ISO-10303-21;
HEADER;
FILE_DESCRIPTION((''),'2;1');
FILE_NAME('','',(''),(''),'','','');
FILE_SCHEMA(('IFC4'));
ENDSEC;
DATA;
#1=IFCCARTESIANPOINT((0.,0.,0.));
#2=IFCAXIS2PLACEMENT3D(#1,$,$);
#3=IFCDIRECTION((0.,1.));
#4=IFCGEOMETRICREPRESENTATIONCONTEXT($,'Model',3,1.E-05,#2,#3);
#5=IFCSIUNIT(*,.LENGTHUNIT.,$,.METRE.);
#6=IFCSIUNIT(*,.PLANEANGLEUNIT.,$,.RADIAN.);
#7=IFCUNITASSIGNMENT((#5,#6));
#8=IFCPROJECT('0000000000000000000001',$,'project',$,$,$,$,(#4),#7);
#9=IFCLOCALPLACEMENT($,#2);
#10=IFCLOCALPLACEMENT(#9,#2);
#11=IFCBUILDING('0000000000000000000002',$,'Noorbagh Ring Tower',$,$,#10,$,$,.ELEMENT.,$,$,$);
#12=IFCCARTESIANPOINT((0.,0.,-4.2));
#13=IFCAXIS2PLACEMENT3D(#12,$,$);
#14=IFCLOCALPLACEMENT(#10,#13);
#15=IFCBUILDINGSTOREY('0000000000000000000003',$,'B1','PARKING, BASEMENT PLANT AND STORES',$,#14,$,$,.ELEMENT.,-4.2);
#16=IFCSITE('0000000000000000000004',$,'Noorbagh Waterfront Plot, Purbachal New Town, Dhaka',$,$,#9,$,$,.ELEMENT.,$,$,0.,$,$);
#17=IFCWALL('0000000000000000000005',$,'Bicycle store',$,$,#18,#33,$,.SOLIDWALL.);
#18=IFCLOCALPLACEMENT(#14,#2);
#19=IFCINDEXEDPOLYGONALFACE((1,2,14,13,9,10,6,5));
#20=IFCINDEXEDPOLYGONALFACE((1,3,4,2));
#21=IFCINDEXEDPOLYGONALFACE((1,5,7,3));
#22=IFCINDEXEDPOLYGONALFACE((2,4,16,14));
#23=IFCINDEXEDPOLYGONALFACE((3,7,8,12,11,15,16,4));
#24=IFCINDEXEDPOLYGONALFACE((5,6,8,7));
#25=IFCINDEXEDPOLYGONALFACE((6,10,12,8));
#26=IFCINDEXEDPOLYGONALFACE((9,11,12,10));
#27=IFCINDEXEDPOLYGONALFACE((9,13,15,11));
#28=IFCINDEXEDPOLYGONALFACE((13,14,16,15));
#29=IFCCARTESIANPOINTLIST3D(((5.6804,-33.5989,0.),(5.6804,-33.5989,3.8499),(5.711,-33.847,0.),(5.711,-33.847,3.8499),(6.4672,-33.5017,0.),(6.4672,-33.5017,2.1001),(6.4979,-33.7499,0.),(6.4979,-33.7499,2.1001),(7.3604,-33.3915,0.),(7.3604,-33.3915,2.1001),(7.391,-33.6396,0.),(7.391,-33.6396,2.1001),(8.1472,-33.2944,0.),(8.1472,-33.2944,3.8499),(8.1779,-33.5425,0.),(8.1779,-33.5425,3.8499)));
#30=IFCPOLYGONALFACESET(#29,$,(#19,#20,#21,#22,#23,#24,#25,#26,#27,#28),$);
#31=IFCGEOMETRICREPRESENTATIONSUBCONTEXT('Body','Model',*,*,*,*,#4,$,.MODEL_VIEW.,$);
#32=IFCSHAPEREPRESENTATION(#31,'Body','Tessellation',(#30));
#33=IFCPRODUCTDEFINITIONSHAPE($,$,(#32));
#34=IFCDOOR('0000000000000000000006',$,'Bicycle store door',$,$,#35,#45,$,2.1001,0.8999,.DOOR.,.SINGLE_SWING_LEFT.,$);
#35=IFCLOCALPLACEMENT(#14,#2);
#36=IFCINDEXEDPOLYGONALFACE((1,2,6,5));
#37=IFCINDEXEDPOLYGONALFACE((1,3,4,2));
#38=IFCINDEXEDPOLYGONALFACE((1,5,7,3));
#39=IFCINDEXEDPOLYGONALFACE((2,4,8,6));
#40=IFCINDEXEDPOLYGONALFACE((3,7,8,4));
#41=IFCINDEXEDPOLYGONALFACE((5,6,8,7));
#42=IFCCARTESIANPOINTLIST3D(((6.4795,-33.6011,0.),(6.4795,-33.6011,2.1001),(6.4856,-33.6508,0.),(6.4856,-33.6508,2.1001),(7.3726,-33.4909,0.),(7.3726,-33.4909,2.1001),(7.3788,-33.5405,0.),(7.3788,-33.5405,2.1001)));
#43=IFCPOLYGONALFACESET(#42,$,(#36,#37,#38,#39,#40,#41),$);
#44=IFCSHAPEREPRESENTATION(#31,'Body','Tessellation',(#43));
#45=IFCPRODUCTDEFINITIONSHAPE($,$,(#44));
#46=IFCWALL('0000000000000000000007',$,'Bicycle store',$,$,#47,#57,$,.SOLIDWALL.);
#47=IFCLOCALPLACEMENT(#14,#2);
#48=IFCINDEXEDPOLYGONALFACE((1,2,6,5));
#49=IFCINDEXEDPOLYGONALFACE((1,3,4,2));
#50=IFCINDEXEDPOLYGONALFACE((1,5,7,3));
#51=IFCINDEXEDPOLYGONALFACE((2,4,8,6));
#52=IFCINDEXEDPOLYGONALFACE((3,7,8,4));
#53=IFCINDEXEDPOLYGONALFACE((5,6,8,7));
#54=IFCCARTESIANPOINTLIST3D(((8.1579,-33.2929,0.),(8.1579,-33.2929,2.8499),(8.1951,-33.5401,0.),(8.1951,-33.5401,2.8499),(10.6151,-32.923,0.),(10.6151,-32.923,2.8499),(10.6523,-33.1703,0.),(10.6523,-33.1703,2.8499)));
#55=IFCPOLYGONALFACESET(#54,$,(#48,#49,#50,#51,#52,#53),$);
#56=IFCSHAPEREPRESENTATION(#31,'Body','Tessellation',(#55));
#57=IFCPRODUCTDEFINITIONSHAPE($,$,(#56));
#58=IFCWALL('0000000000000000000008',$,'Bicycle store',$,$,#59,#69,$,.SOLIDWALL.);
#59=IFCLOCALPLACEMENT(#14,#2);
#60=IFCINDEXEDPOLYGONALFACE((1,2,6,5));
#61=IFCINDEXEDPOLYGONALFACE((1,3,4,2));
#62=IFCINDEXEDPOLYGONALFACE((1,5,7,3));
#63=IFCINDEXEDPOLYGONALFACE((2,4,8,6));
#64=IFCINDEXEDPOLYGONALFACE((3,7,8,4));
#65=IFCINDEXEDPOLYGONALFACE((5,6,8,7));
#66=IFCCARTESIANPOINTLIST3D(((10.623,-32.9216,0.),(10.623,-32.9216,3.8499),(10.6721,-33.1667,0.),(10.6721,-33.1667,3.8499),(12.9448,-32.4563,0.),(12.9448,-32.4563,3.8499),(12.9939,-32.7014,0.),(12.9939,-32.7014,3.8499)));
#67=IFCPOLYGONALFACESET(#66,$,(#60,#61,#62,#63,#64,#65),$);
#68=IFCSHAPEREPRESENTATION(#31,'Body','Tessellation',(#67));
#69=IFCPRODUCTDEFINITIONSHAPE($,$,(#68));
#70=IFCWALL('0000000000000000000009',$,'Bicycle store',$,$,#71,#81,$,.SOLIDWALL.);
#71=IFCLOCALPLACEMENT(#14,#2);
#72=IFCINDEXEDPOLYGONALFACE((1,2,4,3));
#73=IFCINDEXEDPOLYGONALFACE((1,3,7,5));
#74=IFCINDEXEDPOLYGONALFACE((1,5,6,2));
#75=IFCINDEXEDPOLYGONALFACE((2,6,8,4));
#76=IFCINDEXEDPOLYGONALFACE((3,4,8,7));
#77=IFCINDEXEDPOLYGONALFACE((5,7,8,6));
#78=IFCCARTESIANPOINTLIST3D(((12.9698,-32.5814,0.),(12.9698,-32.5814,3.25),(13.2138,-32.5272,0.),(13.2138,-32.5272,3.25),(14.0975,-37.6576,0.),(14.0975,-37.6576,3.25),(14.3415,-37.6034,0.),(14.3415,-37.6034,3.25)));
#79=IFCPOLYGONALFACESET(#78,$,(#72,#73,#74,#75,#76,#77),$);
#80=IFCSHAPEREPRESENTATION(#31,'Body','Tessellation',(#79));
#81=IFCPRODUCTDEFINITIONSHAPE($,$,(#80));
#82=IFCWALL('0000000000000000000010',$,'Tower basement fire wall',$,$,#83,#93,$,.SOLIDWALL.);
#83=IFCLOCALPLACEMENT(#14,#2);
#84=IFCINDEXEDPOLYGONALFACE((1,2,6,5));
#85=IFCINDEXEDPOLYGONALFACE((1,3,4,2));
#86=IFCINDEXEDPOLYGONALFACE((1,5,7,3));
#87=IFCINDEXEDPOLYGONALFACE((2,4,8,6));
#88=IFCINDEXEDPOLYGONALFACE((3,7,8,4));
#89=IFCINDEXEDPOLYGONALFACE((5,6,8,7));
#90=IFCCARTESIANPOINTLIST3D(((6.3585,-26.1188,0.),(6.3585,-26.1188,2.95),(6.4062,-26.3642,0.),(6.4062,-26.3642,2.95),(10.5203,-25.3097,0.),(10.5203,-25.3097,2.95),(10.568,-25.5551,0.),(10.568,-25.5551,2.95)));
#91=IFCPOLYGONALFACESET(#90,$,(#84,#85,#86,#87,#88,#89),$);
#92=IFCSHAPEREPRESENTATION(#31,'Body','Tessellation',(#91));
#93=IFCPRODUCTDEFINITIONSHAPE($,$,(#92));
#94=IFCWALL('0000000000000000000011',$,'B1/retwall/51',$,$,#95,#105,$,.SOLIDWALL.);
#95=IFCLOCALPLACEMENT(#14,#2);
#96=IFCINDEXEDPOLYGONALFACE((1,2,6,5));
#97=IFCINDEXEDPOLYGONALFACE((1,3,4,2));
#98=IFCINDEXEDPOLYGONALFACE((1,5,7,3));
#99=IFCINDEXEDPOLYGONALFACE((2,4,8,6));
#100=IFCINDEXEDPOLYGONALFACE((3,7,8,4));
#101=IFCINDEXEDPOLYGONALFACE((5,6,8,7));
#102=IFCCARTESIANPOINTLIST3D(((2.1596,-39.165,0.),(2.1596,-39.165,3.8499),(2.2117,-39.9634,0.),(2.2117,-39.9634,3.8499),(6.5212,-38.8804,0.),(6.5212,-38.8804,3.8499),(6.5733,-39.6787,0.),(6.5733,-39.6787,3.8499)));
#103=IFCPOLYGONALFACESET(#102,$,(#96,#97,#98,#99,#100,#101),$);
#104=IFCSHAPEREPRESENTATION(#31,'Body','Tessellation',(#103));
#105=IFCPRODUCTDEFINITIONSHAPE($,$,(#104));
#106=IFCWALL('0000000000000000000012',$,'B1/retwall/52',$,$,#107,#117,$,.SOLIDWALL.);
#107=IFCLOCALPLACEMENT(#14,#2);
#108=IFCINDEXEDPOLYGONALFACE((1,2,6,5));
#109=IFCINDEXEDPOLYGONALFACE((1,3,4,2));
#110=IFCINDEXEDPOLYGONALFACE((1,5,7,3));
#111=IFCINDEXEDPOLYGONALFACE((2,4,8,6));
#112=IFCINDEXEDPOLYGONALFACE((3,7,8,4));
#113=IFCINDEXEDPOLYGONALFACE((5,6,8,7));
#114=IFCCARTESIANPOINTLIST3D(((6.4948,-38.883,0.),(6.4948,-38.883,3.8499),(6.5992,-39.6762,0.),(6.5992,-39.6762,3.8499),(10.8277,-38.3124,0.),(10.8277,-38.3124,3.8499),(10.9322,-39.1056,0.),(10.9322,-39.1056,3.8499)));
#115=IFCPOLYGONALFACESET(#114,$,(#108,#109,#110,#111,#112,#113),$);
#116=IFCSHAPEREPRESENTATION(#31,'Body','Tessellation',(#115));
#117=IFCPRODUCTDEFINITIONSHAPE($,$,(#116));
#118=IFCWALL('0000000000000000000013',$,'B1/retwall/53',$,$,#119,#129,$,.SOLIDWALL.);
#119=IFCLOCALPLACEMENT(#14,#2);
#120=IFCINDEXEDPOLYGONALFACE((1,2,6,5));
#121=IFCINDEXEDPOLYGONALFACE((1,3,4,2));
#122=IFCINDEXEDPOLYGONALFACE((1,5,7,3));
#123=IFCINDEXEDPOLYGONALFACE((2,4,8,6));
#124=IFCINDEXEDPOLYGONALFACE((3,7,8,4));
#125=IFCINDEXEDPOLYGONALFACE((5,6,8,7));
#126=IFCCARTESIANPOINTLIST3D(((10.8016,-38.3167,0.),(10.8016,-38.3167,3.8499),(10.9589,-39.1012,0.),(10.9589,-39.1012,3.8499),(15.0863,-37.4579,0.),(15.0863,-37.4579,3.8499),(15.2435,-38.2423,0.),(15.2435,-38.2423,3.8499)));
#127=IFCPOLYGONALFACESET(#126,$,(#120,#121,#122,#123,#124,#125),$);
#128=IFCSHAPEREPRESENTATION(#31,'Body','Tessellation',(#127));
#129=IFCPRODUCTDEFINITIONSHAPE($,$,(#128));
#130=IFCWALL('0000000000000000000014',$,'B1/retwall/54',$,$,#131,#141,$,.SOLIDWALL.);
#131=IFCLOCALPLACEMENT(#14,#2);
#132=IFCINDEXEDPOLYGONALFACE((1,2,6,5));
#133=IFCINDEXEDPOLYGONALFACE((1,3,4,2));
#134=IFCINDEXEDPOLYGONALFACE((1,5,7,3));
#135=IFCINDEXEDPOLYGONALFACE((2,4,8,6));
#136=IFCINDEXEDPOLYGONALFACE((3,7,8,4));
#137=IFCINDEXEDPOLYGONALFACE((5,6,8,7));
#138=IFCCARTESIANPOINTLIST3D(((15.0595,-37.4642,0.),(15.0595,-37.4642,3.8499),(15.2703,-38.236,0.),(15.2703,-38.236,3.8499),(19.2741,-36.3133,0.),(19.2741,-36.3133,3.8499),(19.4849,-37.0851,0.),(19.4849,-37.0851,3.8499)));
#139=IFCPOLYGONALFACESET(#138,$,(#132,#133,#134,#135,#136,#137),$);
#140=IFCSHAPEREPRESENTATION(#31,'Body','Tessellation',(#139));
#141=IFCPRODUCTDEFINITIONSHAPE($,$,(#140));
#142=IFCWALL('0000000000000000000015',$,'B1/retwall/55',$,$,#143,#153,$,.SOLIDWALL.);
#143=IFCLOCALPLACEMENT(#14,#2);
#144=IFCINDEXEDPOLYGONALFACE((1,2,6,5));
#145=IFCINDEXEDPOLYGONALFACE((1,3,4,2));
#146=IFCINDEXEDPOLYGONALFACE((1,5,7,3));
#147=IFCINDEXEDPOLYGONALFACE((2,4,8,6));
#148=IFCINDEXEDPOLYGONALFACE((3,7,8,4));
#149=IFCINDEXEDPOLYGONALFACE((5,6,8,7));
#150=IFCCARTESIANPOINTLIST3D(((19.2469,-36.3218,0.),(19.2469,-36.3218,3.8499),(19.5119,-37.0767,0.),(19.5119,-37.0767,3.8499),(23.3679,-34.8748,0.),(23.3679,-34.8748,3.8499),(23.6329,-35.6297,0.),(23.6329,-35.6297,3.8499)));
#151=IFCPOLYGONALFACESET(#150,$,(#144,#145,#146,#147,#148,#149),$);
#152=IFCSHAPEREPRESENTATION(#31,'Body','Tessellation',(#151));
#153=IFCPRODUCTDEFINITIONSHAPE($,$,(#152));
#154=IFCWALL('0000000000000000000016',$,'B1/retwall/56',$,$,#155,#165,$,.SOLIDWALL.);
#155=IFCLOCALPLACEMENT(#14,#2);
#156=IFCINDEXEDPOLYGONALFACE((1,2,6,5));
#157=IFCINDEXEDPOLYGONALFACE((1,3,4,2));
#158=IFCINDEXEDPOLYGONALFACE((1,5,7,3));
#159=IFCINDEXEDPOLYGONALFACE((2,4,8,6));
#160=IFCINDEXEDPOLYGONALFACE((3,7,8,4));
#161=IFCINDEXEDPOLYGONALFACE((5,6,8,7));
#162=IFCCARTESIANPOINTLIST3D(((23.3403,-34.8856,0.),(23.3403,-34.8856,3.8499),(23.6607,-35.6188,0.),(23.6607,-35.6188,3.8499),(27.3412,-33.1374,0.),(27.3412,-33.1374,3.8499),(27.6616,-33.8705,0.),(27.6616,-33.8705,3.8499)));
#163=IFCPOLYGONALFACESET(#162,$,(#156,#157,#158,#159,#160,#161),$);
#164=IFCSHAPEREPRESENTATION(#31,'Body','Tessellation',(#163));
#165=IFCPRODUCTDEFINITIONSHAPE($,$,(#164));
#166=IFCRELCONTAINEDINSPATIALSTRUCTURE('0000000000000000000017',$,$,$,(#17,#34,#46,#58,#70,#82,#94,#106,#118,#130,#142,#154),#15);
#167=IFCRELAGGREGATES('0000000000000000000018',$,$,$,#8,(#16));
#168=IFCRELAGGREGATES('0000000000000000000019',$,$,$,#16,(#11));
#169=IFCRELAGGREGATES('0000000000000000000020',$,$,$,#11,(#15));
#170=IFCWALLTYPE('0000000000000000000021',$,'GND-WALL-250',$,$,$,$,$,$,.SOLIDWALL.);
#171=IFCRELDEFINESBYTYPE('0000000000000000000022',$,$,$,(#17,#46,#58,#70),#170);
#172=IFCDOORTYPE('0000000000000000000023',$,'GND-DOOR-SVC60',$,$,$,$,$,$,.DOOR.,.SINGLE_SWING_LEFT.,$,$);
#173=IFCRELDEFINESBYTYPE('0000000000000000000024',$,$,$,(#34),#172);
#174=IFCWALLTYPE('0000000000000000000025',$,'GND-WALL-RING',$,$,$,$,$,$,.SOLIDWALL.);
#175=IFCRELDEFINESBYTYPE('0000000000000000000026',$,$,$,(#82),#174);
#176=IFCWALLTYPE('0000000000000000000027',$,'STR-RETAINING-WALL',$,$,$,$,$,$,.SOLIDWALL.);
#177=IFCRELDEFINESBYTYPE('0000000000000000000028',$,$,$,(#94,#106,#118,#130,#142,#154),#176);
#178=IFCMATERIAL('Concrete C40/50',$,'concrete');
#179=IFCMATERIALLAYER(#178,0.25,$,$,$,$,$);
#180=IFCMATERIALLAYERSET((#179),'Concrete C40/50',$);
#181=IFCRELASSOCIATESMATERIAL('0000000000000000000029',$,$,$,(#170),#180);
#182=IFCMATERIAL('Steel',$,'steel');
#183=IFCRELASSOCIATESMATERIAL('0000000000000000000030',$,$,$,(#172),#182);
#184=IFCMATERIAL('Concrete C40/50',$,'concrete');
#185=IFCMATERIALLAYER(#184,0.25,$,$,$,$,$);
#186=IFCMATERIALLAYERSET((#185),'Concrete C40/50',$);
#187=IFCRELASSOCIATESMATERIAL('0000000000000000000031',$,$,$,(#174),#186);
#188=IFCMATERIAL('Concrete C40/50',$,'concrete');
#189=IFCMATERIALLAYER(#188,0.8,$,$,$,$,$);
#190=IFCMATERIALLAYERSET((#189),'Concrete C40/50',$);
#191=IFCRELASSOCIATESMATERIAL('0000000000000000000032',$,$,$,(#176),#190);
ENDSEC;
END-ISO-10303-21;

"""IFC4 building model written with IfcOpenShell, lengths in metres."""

from ifc_helpers import new_model, si_unit, direction, frame, frame_2d, origin, place, context, subcontext, project, spatial, rectangle, extrude, material, layer, layer_set, type_object, element, fill, save


model = new_model("IFC4")

# Units and contexts
model_context = context("Model", 3, precision=1e-05, world=origin(), true_north=direction((0.0, 1.0)))
body_context = subcontext(model_context, "Body", "Model", "MODEL_VIEW")
ifc_project = project(units=[si_unit("LENGTHUNIT", "METRE"), si_unit("PLANEANGLEUNIT", "RADIAN")], contexts=[model_context])

# Site, building, storey
site_placement = place(None, origin())
site = spatial("IfcSite", under=ifc_project, at=site_placement, Name="Noorbagh Waterfront Plot, Purbachal New Town, Dhaka", CompositionType="ELEMENT", RefElevation=0.0)
building_placement = place(site_placement, origin())
building = spatial("IfcBuilding", under=site, at=building_placement, Name="Noorbagh Ring Tower", CompositionType="ELEMENT")
storey_placement = place(building_placement, frame((0.0, 0.0, -4.2)))
storey = spatial("IfcBuildingStorey", under=building, at=storey_placement, Name="B1", Description="PARKING, BASEMENT PLANT AND STORES", CompositionType="ELEMENT", Elevation=-4.2)

# Shared definitions
ifc_material_1 = material(Name="Concrete C40/50", Category="concrete")
ifc_layer_1 = layer(ifc_material_1, 0.25)
ifc_layer_set_1 = layer_set([ifc_layer_1], Name="Concrete C40/50")
wall_type_1 = type_object("IfcWallType", Name="GND-WALL-250", PredefinedType="SOLIDWALL", material=ifc_layer_set_1)

# Wall, opening, door
wall_1_placement = place(storey_placement, frame((5.6958, -33.7229, 0.0), z_axis=(0.0, 0.0, 1.0), x_axis=(0.99247, 0.122487, 0.0)))
wall_1 = element("IfcWall", 1, at=wall_1_placement, inside=storey, type_object=wall_type_1, Name="Bicycle store", PredefinedType="SOLIDWALL", context=body_context, shape_type="SweptSolid", body=[
    extrude(rectangle(XDim=2.4856, YDim=0.25, at=frame_2d((1.2427, 0.0))), origin(), (0.0, 0.0, 1.0), 3.8499),
])
opening_placement = place(wall_1_placement, frame((0.7927, 0.0, 0.0)))
opening = element("IfcOpeningElement", 2, at=opening_placement, cuts=wall_1, PredefinedType="OPENING", context=body_context, shape_type="SweptSolid", body=[
    extrude(rectangle(XDim=0.8999, YDim=2.1001, at=frame_2d((0.45, 1.05))), frame((0.0, 0.135, 0.0), z_axis=(0.0, -1.0, 0.0), x_axis=(1.0, 0.0, 0.0)), (0.0, 0.0, 1.0), 0.27),
])
ifc_material_2 = material(Name="Steel", Category="steel")
door_type = type_object("IfcDoorType", Name="GND-DOOR-SVC60", OperationType="SINGLE_SWING_LEFT", PredefinedType="DOOR", material=ifc_material_2)
door_placement = place(opening_placement, origin())
door = element("IfcDoor", 3, at=door_placement, inside=storey, type_object=door_type, Name="Bicycle store door", OperationType="SINGLE_SWING_LEFT", OverallHeight=2.1001, OverallWidth=0.8999, PredefinedType="DOOR", context=body_context, shape_type="SweptSolid", body=[
    extrude(rectangle(XDim=0.8999, YDim=2.1001, at=frame_2d((0.45, 1.05))), frame((0.0, 0.0249, 0.0), z_axis=(0.0, -1.0, 0.0), x_axis=(1.0, 0.0, 0.0)), (0.0, 0.0, 1.0), 0.05),
])
fill(opening, door)

# Walls
wall_2_placement = place(storey_placement, frame((8.1765, -33.4165, 0.0), z_axis=(0.0, 0.0, 1.0), x_axis=(0.988861, 0.148845, 0.0)))
element("IfcWall", 4, at=wall_2_placement, inside=storey, type_object=wall_type_1, Name="Bicycle store", PredefinedType="SOLIDWALL", context=body_context, shape_type="SweptSolid", body=[
    extrude(rectangle(XDim=2.4849, YDim=0.25, at=frame_2d((1.2424, 0.0))), origin(), (0.0, 0.0, 1.0), 2.8499),
])
wall_3_placement = place(storey_placement, frame((10.6475, -33.0442, 0.0), z_axis=(0.0, 0.0, 1.0), x_axis=(0.980501, 0.196513, 0.0)))
element("IfcWall", 5, at=wall_3_placement, inside=storey, type_object=wall_type_1, Name="Bicycle store", PredefinedType="SOLIDWALL", context=body_context, shape_type="SweptSolid", body=[
    extrude(rectangle(XDim=2.3679, YDim=0.25, at=frame_2d((1.1841, 0.0))), origin(), (0.0, 0.0, 1.0), 3.8499),
])
wall_4_placement = place(storey_placement, frame((13.0918, -32.5542, 0.0), z_axis=(0.0, 0.0, 1.0), x_axis=(0.216866, -0.976201, 0.0)))
element("IfcWall", 6, at=wall_4_placement, inside=storey, type_object=wall_type_1, Name="Bicycle store", PredefinedType="SOLIDWALL", context=body_context, shape_type="SweptSolid", body=[
    extrude(rectangle(XDim=5.2, YDim=0.25, at=frame_2d((2.6001, 0.0))), origin(), (0.0, 0.0, 1.0), 3.25),
])
ifc_material_3 = material(Name="Concrete C40/50", Category="concrete")
ifc_layer_2 = layer(ifc_material_3, 0.25)
ifc_layer_set_2 = layer_set([ifc_layer_2], Name="Concrete C40/50")
wall_type_2 = type_object("IfcWallType", Name="GND-WALL-RING", PredefinedType="SOLIDWALL", material=ifc_layer_set_2)
wall_5_placement = place(storey_placement, frame((6.3823, -26.2415, 0.0), z_axis=(0.0, 0.0, 1.0), x_axis=(0.981623, 0.190831, 0.0)))
element("IfcWall", 7, at=wall_5_placement, inside=storey, type_object=wall_type_2, Name="Tower basement fire wall", PredefinedType="SOLIDWALL", context=body_context, shape_type="SweptSolid", body=[
    extrude(rectangle(XDim=4.2397, YDim=0.25, at=frame_2d((2.1199, 0.0))), origin(), (0.0, 0.0, 1.0), 2.95),
])
ifc_material_4 = material(Name="Concrete C40/50", Category="concrete")
ifc_layer_3 = layer(ifc_material_4, 0.8)
ifc_layer_set_3 = layer_set([ifc_layer_3], Name="Concrete C40/50")
wall_type_3 = type_object("IfcWallType", Name="STR-RETAINING-WALL", PredefinedType="SOLIDWALL", material=ifc_layer_set_3)
wall_6_placement = place(storey_placement, frame((2.1855, -39.5642, 0.0), z_axis=(0.0, 0.0, 1.0), x_axis=(0.997877, 0.065129, 0.0)))
element("IfcWall", 8, at=wall_6_placement, inside=storey, type_object=wall_type_3, Name="B1/retwall/51", PredefinedType="SOLIDWALL", context=body_context, shape_type="SweptSolid", body=[
    extrude(rectangle(XDim=4.3708, YDim=0.8, at=frame_2d((2.1855, 0.0))), origin(), (0.0, 0.0, 1.0), 3.8499),
])
wall_7_placement = place(storey_placement, frame((6.5471, -39.2795, 0.0), z_axis=(0.0, 0.0, 1.0), x_axis=(0.991442, 0.13055, 0.0)))
element("IfcWall", 9, at=wall_7_placement, inside=storey, type_object=wall_type_3, Name="B1/retwall/52", PredefinedType="SOLIDWALL", context=body_context, shape_type="SweptSolid", body=[
    extrude(rectangle(XDim=4.3704, YDim=0.8, at=frame_2d((2.1851, 0.0))), origin(), (0.0, 0.0, 1.0), 3.8499),
])
wall_8_placement = place(storey_placement, frame((10.8801, -38.709, 0.0), z_axis=(0.0, 0.0, 1.0), x_axis=(0.980495, 0.196546, 0.0)))
element("IfcWall", 10, at=wall_8_placement, inside=storey, type_object=wall_type_3, Name="B1/retwall/53", PredefinedType="SOLIDWALL", context=body_context, shape_type="SweptSolid", body=[
    extrude(rectangle(XDim=4.3699, YDim=0.8, at=frame_2d((2.1851, 0.0))), origin(), (0.0, 0.0, 1.0), 3.8499),
])
wall_9_placement = place(storey_placement, frame((15.1648, -37.8501, 0.0), z_axis=(0.0, 0.0, 1.0), x_axis=(0.96468, 0.263425, 0.0)))
element("IfcWall", 11, at=wall_9_placement, inside=storey, type_object=wall_type_3, Name="B1/retwall/54", PredefinedType="SOLIDWALL", context=body_context, shape_type="SweptSolid", body=[
    extrude(rectangle(XDim=4.3689, YDim=0.8, at=frame_2d((2.1846, 0.0))), origin(), (0.0, 0.0, 1.0), 3.8499),
])
wall_10_placement = place(storey_placement, frame((19.3794, -36.6992, 0.0), z_axis=(0.0, 0.0, 1.0), x_axis=(0.943527, 0.331296, 0.0)))
element("IfcWall", 12, at=wall_10_placement, inside=storey, type_object=wall_type_3, Name="B1/retwall/55", PredefinedType="SOLIDWALL", context=body_context, shape_type="SweptSolid", body=[
    extrude(rectangle(XDim=4.3677, YDim=0.8, at=frame_2d((2.1838, 0.0))), origin(), (0.0, 0.0, 1.0), 3.8499),
])
wall_11_placement = place(storey_placement, frame((23.5005, -35.2522, 0.0), z_axis=(0.0, 0.0, 1.0), x_axis=(0.916337, 0.400408, 0.0)))
element("IfcWall", 13, at=wall_11_placement, inside=storey, type_object=wall_type_3, Name="B1/retwall/56", PredefinedType="SOLIDWALL", context=body_context, shape_type="SweptSolid", body=[
    extrude(rectangle(XDim=4.3662, YDim=0.8, at=frame_2d((2.1831, 0.0))), origin(), (0.0, 0.0, 1.0), 3.8499),
])

save(model, "model.ifc")
